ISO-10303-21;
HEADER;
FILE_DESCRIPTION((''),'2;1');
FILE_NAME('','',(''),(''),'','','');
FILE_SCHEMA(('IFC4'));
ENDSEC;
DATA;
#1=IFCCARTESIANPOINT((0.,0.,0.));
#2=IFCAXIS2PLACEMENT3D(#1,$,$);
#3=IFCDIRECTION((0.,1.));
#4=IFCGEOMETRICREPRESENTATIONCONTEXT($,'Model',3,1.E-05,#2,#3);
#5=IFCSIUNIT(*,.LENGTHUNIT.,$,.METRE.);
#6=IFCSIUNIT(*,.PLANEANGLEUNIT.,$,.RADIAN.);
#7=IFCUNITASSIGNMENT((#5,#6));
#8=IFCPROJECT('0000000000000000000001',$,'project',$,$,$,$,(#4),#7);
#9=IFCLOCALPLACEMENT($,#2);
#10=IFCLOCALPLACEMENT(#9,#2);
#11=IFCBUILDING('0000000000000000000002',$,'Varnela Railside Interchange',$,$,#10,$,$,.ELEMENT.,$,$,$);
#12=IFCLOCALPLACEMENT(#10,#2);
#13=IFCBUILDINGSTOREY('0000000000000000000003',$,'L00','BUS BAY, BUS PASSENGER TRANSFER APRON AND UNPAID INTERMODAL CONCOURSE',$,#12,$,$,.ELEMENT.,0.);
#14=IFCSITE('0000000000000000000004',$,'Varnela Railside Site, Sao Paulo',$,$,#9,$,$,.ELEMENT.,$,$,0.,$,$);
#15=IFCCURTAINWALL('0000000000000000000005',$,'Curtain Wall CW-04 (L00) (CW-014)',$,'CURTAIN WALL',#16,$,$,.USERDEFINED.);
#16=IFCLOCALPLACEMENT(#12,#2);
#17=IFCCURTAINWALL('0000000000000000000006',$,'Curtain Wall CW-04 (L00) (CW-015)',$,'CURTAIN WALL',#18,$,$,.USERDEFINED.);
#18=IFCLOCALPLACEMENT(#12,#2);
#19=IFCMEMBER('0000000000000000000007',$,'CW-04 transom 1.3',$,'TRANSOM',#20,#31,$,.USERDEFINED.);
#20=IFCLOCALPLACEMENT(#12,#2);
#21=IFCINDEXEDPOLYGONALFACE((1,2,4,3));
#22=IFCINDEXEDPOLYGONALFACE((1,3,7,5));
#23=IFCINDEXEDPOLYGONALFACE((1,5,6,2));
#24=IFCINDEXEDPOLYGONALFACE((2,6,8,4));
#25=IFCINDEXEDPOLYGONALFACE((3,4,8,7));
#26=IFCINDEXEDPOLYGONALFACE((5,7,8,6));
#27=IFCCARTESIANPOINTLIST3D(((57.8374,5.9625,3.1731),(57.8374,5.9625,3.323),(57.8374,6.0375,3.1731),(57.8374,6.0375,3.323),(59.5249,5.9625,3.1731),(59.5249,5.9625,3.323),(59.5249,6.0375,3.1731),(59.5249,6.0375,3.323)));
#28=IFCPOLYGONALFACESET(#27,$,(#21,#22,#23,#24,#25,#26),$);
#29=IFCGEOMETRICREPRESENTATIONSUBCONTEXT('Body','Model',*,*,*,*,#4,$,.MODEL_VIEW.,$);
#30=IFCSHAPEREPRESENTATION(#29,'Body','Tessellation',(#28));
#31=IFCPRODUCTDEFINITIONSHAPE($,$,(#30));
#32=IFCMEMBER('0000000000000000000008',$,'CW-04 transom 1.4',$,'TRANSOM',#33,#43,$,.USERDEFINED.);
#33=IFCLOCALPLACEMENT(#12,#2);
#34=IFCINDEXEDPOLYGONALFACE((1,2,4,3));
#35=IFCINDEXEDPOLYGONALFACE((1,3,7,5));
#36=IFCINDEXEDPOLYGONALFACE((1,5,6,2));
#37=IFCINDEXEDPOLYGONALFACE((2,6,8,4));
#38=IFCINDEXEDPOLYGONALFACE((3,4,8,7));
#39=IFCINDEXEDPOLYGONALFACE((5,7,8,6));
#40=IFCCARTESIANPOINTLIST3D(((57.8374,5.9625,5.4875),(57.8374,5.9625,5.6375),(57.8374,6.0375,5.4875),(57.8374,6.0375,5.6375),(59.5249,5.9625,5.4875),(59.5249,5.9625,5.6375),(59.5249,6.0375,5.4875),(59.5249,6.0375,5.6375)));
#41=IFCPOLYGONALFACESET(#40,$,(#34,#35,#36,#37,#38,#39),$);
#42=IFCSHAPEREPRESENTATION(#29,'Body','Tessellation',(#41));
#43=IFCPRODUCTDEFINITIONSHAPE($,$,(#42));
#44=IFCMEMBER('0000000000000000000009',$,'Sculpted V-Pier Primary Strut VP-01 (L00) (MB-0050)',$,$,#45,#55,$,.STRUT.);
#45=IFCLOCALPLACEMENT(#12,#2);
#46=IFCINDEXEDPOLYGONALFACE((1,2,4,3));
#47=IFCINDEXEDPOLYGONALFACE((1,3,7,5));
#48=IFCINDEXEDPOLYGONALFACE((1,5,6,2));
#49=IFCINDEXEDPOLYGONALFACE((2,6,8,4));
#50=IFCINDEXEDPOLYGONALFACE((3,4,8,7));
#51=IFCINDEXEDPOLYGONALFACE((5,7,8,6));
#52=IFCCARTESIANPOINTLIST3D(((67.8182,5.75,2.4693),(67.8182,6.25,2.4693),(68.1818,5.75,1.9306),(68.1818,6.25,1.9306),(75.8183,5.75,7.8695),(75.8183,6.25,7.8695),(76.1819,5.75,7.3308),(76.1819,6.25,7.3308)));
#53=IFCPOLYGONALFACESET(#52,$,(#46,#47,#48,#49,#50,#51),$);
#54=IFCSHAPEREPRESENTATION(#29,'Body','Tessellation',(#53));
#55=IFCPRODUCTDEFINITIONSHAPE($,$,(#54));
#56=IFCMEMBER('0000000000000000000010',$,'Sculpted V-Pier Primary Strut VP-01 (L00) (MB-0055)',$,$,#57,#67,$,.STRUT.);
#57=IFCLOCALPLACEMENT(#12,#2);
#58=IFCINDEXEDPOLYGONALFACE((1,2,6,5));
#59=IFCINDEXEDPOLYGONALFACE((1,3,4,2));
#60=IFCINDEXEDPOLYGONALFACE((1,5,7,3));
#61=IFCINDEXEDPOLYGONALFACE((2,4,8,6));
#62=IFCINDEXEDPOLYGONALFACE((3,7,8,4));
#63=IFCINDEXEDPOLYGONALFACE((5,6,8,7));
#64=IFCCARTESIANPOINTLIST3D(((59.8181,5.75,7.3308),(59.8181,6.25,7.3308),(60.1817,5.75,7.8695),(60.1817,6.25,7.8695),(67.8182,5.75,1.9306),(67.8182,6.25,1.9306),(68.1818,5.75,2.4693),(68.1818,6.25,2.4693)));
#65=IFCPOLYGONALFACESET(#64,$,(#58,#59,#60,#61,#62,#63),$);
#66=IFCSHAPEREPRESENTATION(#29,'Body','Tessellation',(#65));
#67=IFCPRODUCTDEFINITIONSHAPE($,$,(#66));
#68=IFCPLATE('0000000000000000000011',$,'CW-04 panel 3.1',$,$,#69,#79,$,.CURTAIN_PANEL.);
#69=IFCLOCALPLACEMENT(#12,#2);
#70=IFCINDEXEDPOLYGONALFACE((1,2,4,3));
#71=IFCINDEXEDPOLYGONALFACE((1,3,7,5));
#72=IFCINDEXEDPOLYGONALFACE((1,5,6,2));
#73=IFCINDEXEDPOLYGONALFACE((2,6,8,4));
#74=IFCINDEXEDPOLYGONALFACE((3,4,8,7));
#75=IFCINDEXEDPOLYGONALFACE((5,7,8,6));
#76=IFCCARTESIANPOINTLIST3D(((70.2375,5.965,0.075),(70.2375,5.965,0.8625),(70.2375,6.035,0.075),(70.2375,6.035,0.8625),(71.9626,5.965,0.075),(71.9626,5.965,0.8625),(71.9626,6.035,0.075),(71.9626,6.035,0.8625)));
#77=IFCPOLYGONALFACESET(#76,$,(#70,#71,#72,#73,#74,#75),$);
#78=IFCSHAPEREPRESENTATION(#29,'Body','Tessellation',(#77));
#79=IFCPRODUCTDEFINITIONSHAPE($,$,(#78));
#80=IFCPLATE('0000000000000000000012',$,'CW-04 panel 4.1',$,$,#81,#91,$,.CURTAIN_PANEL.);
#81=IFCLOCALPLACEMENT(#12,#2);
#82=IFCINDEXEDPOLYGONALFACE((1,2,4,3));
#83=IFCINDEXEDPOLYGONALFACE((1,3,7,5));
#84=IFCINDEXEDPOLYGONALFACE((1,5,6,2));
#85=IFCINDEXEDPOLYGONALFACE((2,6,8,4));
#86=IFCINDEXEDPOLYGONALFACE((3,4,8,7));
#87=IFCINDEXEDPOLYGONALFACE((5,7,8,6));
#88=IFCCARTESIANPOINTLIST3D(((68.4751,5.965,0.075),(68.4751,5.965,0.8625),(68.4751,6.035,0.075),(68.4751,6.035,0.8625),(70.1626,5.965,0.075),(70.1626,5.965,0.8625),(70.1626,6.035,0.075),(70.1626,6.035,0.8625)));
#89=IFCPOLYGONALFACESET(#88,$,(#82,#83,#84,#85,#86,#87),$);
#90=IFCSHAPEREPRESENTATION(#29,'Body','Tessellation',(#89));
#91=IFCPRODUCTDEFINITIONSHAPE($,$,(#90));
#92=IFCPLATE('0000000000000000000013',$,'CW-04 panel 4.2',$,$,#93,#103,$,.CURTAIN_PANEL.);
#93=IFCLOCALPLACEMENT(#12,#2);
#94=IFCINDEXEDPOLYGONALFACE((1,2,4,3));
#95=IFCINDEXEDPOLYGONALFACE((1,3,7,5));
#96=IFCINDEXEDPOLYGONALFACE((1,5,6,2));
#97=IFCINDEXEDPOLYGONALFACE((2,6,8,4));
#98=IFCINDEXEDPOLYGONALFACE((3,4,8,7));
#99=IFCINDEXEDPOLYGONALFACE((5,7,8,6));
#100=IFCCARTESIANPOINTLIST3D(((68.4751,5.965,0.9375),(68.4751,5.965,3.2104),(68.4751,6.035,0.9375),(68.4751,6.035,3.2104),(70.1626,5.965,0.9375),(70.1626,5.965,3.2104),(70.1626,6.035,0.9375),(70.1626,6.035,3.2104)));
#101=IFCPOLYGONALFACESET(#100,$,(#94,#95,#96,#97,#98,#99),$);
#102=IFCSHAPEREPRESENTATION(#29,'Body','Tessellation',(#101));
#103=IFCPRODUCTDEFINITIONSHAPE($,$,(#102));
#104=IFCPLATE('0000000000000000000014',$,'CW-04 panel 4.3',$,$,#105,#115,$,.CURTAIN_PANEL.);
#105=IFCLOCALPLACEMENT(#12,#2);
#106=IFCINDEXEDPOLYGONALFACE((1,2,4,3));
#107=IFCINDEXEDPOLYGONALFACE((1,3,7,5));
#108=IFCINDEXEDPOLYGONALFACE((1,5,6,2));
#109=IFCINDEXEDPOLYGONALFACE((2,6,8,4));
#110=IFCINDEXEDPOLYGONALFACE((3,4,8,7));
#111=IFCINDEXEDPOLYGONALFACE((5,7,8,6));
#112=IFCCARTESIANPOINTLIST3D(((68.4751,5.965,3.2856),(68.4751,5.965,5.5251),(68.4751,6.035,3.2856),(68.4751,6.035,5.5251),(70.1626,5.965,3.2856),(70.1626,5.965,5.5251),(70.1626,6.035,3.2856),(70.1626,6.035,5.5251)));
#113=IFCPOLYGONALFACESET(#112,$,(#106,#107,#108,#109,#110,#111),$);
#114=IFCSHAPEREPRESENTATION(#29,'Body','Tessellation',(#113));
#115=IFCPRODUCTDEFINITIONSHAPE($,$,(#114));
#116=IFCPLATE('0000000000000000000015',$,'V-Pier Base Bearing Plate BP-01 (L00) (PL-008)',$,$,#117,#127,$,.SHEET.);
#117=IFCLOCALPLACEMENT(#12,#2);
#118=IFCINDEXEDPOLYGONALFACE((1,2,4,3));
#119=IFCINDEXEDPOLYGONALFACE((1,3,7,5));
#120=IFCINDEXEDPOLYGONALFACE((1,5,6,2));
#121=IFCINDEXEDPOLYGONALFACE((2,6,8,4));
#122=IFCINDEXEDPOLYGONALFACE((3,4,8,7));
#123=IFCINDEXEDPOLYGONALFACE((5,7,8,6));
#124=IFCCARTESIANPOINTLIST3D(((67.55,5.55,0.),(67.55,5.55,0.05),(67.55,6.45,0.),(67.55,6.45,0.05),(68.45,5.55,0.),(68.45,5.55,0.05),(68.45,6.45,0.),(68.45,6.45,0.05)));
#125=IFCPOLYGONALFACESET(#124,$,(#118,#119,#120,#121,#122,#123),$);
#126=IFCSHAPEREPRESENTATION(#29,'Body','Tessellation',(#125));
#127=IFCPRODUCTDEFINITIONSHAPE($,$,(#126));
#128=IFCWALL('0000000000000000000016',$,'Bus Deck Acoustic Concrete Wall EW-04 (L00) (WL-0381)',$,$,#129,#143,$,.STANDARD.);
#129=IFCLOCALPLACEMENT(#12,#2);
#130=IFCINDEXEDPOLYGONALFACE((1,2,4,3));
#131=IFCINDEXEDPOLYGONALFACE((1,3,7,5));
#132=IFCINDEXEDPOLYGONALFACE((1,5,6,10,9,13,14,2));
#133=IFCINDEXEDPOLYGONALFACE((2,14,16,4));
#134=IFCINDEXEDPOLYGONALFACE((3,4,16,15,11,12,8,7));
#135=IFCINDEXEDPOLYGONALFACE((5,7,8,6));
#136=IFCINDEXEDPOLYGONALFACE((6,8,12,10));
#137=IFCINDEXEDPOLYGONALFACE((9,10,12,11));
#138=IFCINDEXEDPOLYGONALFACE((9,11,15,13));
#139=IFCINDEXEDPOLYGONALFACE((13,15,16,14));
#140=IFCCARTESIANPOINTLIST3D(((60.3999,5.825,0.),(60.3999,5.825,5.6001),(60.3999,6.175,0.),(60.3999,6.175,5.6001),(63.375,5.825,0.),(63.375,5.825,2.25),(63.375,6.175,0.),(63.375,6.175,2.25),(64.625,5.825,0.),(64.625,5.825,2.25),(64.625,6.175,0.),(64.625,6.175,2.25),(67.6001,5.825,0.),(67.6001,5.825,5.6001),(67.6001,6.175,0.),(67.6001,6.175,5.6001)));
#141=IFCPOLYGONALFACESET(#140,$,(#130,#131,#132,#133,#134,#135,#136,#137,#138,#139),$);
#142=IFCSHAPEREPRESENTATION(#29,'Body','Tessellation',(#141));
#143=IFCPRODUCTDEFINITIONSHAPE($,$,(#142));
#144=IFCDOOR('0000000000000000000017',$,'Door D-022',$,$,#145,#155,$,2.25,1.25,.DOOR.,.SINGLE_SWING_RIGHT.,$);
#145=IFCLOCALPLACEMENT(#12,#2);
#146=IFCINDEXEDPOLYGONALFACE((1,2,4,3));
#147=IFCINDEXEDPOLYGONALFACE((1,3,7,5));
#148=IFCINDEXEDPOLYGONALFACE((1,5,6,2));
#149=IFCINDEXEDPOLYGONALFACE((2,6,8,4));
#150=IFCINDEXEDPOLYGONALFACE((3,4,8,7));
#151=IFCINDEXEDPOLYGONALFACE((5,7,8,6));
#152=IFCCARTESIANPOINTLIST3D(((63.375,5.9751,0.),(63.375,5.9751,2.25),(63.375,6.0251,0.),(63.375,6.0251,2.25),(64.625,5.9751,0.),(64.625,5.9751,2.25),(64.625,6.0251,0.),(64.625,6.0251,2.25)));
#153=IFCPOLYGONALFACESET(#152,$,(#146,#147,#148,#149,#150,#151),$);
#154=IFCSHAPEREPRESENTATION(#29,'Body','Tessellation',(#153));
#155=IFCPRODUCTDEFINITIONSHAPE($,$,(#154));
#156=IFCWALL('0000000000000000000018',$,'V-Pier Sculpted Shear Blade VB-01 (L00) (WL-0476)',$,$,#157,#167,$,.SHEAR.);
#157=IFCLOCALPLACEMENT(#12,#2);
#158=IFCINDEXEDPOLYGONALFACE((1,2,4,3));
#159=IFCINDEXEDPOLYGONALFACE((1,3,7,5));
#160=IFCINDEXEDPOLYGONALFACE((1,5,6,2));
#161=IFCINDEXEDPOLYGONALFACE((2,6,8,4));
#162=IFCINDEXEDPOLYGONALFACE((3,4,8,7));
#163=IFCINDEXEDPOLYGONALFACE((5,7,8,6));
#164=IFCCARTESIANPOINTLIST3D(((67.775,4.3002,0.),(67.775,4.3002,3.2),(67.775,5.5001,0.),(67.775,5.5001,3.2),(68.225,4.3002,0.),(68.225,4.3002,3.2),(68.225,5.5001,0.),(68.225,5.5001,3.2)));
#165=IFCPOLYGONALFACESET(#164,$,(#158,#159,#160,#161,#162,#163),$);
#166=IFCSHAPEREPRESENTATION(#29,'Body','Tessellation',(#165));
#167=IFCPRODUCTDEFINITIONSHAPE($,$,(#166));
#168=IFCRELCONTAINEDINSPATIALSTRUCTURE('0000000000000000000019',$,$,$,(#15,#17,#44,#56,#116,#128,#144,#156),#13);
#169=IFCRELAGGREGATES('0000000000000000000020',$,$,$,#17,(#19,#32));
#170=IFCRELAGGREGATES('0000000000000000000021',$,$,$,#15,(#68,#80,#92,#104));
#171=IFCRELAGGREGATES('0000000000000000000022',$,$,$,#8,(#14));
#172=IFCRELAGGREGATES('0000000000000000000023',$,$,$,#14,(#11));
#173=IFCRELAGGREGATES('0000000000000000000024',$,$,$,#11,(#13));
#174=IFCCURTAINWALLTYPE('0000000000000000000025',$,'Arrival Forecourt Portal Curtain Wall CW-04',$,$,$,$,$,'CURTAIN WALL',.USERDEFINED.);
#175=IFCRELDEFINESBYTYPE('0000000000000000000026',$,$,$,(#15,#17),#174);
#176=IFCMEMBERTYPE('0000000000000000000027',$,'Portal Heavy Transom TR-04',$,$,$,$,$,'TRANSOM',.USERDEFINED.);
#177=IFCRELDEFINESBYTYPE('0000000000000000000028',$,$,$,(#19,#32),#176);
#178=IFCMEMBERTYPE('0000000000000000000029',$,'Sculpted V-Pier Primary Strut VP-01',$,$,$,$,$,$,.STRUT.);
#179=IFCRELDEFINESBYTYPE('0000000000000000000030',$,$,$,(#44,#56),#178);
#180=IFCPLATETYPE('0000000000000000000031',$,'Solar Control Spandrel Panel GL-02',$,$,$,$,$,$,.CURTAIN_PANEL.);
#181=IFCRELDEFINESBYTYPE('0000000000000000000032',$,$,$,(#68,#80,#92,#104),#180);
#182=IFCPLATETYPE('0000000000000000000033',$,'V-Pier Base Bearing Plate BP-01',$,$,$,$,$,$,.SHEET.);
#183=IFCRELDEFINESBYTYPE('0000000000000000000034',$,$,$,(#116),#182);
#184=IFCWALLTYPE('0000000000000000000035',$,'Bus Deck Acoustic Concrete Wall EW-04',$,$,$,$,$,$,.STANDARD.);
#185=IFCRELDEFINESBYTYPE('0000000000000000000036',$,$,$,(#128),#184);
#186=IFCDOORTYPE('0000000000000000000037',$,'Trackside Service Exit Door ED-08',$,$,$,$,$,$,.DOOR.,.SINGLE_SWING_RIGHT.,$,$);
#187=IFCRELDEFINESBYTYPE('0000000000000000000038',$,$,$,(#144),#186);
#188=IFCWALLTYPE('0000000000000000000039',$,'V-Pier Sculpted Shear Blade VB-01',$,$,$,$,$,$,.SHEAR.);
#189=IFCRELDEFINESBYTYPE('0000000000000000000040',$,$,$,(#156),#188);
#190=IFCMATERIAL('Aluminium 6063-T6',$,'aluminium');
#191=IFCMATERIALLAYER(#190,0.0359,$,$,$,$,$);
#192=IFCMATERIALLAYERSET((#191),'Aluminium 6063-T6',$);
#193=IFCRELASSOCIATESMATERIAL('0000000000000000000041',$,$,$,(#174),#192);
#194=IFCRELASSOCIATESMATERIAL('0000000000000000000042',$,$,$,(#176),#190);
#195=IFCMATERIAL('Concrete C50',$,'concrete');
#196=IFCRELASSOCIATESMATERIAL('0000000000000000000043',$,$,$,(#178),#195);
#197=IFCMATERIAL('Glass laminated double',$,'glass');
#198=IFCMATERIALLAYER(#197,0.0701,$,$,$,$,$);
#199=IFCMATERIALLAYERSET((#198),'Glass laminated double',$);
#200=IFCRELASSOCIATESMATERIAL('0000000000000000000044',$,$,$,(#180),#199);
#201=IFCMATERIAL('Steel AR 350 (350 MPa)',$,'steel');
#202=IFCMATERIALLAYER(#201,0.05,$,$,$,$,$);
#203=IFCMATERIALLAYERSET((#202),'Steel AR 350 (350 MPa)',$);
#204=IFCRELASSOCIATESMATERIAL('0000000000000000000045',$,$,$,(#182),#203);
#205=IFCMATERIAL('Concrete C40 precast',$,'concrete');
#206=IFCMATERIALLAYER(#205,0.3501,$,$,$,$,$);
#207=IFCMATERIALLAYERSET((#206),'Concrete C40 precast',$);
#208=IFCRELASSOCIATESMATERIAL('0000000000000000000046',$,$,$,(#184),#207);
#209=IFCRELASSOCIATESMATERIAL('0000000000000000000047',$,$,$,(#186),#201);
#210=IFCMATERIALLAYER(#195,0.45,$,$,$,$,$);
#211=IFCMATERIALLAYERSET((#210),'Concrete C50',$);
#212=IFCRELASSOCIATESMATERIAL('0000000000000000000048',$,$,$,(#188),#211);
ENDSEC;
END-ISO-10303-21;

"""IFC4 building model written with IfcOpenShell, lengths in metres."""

from ifc_helpers import new_model, si_unit, direction, frame, frame_2d, origin, origin_2d, place, context, subcontext, project, spatial, rectangle, extrude, material, layer, layer_set, material_profile, profile_set, type_object, element, fill, aggregate, save


model = new_model("IFC4")

# Units and contexts
model_context = context("Model", 3, precision=1e-05, world=origin(), true_north=direction((0.0, 1.0)))
body_context = subcontext(model_context, "Body", "Model", "MODEL_VIEW")
ifc_project = project(units=[si_unit("LENGTHUNIT", "METRE"), si_unit("PLANEANGLEUNIT", "RADIAN")], contexts=[model_context])

# Site, building, storey
site_placement = place(None, origin())
site = spatial("IfcSite", under=ifc_project, at=site_placement, Name="Varnela Railside Site, Sao Paulo", CompositionType="ELEMENT", RefElevation=0.0)
building_placement = place(site_placement, origin())
building = spatial("IfcBuilding", under=site, at=building_placement, Name="Varnela Railside Interchange", CompositionType="ELEMENT")
storey_placement = place(building_placement, origin())
storey = spatial("IfcBuildingStorey", under=building, at=storey_placement, Name="L00", Description="BUS BAY, BUS PASSENGER TRANSFER APRON AND UNPAID INTERMODAL CONCOURSE", CompositionType="ELEMENT", Elevation=0.0)

# Shared definitions
ifc_material_1 = material(Name="Concrete C50", Category="concrete")

# Curtain wall
ifc_material_2 = material(Name="Aluminium 6063-T6", Category="aluminium")
ifc_layer_1 = layer(ifc_material_2, 0.0359)
ifc_layer_set_1 = layer_set([ifc_layer_1], Name="Aluminium 6063-T6")
curtain_wall_type = type_object("IfcCurtainWallType", Name="Arrival Forecourt Portal Curtain Wall CW-04", ElementType="CURTAIN WALL", PredefinedType="USERDEFINED", material=ifc_layer_set_1)
curtain_wall_1_placement = place(storey_placement, origin())
curtain_wall_1 = element("IfcCurtainWall", 1, at=curtain_wall_1_placement, inside=storey, type_object=curtain_wall_type, Name="Curtain Wall CW-04 (L00) (CW-014)", ObjectType="CURTAIN WALL", PredefinedType="USERDEFINED")

# Curtain wall
curtain_wall_2_placement = place(storey_placement, origin())
curtain_wall_2 = element("IfcCurtainWall", 2, at=curtain_wall_2_placement, inside=storey, type_object=curtain_wall_type, Name="Curtain Wall CW-04 (L00) (CW-015)", ObjectType="CURTAIN WALL", PredefinedType="USERDEFINED")

# Members
ifc_material_profile_1 = material_profile(ifc_material_2, rectangle(XDim=0.075, YDim=0.1499, at=origin_2d()), Name="ALU 75x150")
ifc_profile_set_1 = profile_set([ifc_material_profile_1], Name="Aluminium 6063-T6")
member_type_1 = type_object("IfcMemberType", Name="Portal Heavy Transom TR-04", ElementType="TRANSOM", PredefinedType="USERDEFINED", material=ifc_profile_set_1)
member_1_placement = place(storey_placement, frame((59.5249, 6.0, 3.248), z_axis=(-1.0, 0.0, 0.0), x_axis=(0.0, -1.0, 0.0)))
member_1 = element("IfcMember", 3, at=member_1_placement, type_object=member_type_1, Name="CW-04 transom 1.3", ObjectType="TRANSOM", PredefinedType="USERDEFINED", context=body_context, shape_type="SweptSolid", body=[
    extrude(rectangle(XDim=0.075, YDim=0.1499, at=origin_2d()), origin(), (0.0, 0.0, 1.0), 1.6875),
])
member_2_placement = place(storey_placement, frame((59.5249, 6.0, 5.5625), z_axis=(-1.0, 0.0, 0.0), x_axis=(0.0, -1.0, 0.0)))
member_2 = element("IfcMember", 4, at=member_2_placement, type_object=member_type_1, Name="CW-04 transom 1.4", ObjectType="TRANSOM", PredefinedType="USERDEFINED", context=body_context, shape_type="SweptSolid", body=[
    extrude(rectangle(XDim=0.075, YDim=0.1499, at=origin_2d()), origin(), (0.0, 0.0, 1.0), 1.6875),
])
aggregate(curtain_wall_2, [member_1, member_2])

# Members
ifc_material_profile_2 = material_profile(ifc_material_1, rectangle(XDim=0.5, YDim=0.6499, at=origin_2d()), Name="RC 500x650")
ifc_profile_set_2 = profile_set([ifc_material_profile_2], Name="Concrete C50")
member_type_2 = type_object("IfcMemberType", Name="Sculpted V-Pier Primary Strut VP-01", PredefinedType="STRUT", material=ifc_profile_set_2)
for number, where, z_axis, x_axis, name in (
    (5, (68.0, 6.0, 2.2), (0.828842, 0.0, 0.559483), (0.0, 1.0, 0.0), "Sculpted V-Pier Primary Strut VP-01 (L00) (MB-0050)"),
    (6, (68.0, 6.0, 2.2), (-0.828842, 0.0, 0.559483), (0.0, -1.0, 0.0), "Sculpted V-Pier Primary Strut VP-01 (L00) (MB-0055)"),
):
    element("IfcMember", number, at=place(storey_placement, frame(where, z_axis=z_axis, x_axis=x_axis)), inside=storey, type_object=member_type_2, Name=name, PredefinedType="STRUT", context=body_context, shape_type="SweptSolid", body=[
        extrude(rectangle(XDim=0.5, YDim=0.6499, at=origin_2d()), origin(), (0.0, 0.0, 1.0), 9.6521),
    ])

# Plates
ifc_material_3 = material(Name="Glass laminated double", Category="glass")
ifc_layer_2 = layer(ifc_material_3, 0.0701)
ifc_layer_set_2 = layer_set([ifc_layer_2], Name="Glass laminated double")
plate_type_1 = type_object("IfcPlateType", Name="Solar Control Spandrel Panel GL-02", PredefinedType="CURTAIN_PANEL", material=ifc_layer_set_2)
plate_1_placement = place(storey_placement, frame((71.1001, 6.0, 0.075), z_axis=(0.0, 0.0, 1.0), x_axis=(-1.0, 0.0, 0.0)))
plate_1 = element("IfcPlate", 7, at=plate_1_placement, type_object=plate_type_1, Name="CW-04 panel 3.1", PredefinedType="CURTAIN_PANEL", context=body_context, shape_type="SweptSolid", body=[
    extrude(rectangle(XDim=1.7251, YDim=0.0701, at=origin_2d()), origin(), (0.0, 0.0, 1.0), 0.7876),
])
plate_2_placement = place(storey_placement, frame((69.3188, 6.0, 0.075), z_axis=(0.0, 0.0, 1.0), x_axis=(-1.0, 0.0, 0.0)))
plate_2 = element("IfcPlate", 8, at=plate_2_placement, type_object=plate_type_1, Name="CW-04 panel 4.1", PredefinedType="CURTAIN_PANEL", context=body_context, shape_type="SweptSolid", body=[
    extrude(rectangle(XDim=1.6875, YDim=0.0701, at=origin_2d()), origin(), (0.0, 0.0, 1.0), 0.7876),
])
plate_3_placement = place(storey_placement, frame((69.3188, 6.0, 0.9375), z_axis=(0.0, 0.0, 1.0), x_axis=(-1.0, 0.0, 0.0)))
plate_3 = element("IfcPlate", 9, at=plate_3_placement, type_object=plate_type_1, Name="CW-04 panel 4.2", PredefinedType="CURTAIN_PANEL", context=body_context, shape_type="SweptSolid", body=[
    extrude(rectangle(XDim=1.6875, YDim=0.0701, at=origin_2d()), origin(), (0.0, 0.0, 1.0), 2.2729),
])
plate_4_placement = place(storey_placement, frame((69.3188, 6.0, 3.2856), z_axis=(0.0, 0.0, 1.0), x_axis=(-1.0, 0.0, 0.0)))
plate_4 = element("IfcPlate", 10, at=plate_4_placement, type_object=plate_type_1, Name="CW-04 panel 4.3", PredefinedType="CURTAIN_PANEL", context=body_context, shape_type="SweptSolid", body=[
    extrude(rectangle(XDim=1.6875, YDim=0.0701, at=origin_2d()), origin(), (0.0, 0.0, 1.0), 2.2395),
])
aggregate(curtain_wall_1, [plate_1, plate_2, plate_3, plate_4])
ifc_material_4 = material(Name="Steel AR 350 (350 MPa)", Category="steel")
ifc_layer_3 = layer(ifc_material_4, 0.05)
ifc_layer_set_3 = layer_set([ifc_layer_3], Name="Steel AR 350 (350 MPa)")
plate_type_2 = type_object("IfcPlateType", Name="V-Pier Base Bearing Plate BP-01", PredefinedType="SHEET", material=ifc_layer_set_3)
plate_5_placement = place(storey_placement, frame((68.0, 6.0, 0.0), z_axis=(0.0, 0.0, 1.0), x_axis=(1.0, 0.0, 0.0)))
element("IfcPlate", 11, at=plate_5_placement, inside=storey, type_object=plate_type_2, Name="V-Pier Base Bearing Plate BP-01 (L00) (PL-008)", PredefinedType="SHEET", context=body_context, shape_type="SweptSolid", body=[
    extrude(rectangle(XDim=0.8999, YDim=0.8999, at=origin_2d()), origin(), (0.0, 0.0, 1.0), 0.05),
])

# Wall, opening, door
ifc_material_5 = material(Name="Concrete C40 precast", Category="concrete")
ifc_layer_4 = layer(ifc_material_5, 0.3501)
ifc_layer_set_4 = layer_set([ifc_layer_4], Name="Concrete C40 precast")
wall_type_1 = type_object("IfcWallType", Name="Bus Deck Acoustic Concrete Wall EW-04", PredefinedType="STANDARD", material=ifc_layer_set_4)
wall_1_placement = place(storey_placement, frame((67.6001, 6.0, 0.0), z_axis=(0.0, 0.0, 1.0), x_axis=(-1.0, 0.0, 0.0)))
wall_1 = element("IfcWall", 12, at=wall_1_placement, inside=storey, type_object=wall_type_1, Name="Bus Deck Acoustic Concrete Wall EW-04 (L00) (WL-0381)", PredefinedType="STANDARD", context=body_context, shape_type="SweptSolid", body=[
    extrude(rectangle(XDim=7.2002, YDim=0.3501, at=frame_2d((3.6001, 0.0))), origin(), (0.0, 0.0, 1.0), 5.6001),
])
opening_placement = place(wall_1_placement, frame((2.9751, 0.0, 0.0)))
opening = element("IfcOpeningElement", 13, at=opening_placement, cuts=wall_1, PredefinedType="OPENING", context=body_context, shape_type="SweptSolid", body=[
    extrude(rectangle(XDim=1.25, YDim=2.25, at=frame_2d((0.625, 1.125))), frame((0.0, 0.1851, 0.0), z_axis=(0.0, -1.0, 0.0), x_axis=(1.0, 0.0, 0.0)), (0.0, 0.0, 1.0), 0.3701),
])
door_type = type_object("IfcDoorType", Name="Trackside Service Exit Door ED-08", OperationType="SINGLE_SWING_RIGHT", PredefinedType="DOOR", material=ifc_material_4)
door_placement = place(opening_placement, origin())
door = element("IfcDoor", 14, at=door_placement, inside=storey, type_object=door_type, Name="Door D-022", OperationType="SINGLE_SWING_RIGHT", OverallHeight=2.25, OverallWidth=1.25, PredefinedType="DOOR", context=body_context, shape_type="SweptSolid", body=[
    extrude(rectangle(XDim=1.25, YDim=2.25, at=frame_2d((0.625, 1.125))), frame((0.0, 0.0249, 0.0), z_axis=(0.0, -1.0, 0.0), x_axis=(1.0, 0.0, 0.0)), (0.0, 0.0, 1.0), 0.05),
])
fill(opening, door)

# Wall
ifc_layer_5 = layer(ifc_material_1, 0.45)
ifc_layer_set_5 = layer_set([ifc_layer_5], Name="Concrete C50")
wall_type_2 = type_object("IfcWallType", Name="V-Pier Sculpted Shear Blade VB-01", PredefinedType="SHEAR", material=ifc_layer_set_5)
wall_2_placement = place(storey_placement, frame((68.0, 4.3, 0.0), z_axis=(0.0, 0.0, 1.0), x_axis=(0.0, 1.0, 0.0)))
element("IfcWall", 15, at=wall_2_placement, inside=storey, type_object=wall_type_2, Name="V-Pier Sculpted Shear Blade VB-01 (L00) (WL-0476)", PredefinedType="SHEAR", context=body_context, shape_type="SweptSolid", body=[
    extrude(rectangle(XDim=1.2, YDim=0.45, at=frame_2d((0.6001, 0.0))), origin(), (0.0, 0.0, 1.0), 3.2),
])

save(model, "model.ifc")
